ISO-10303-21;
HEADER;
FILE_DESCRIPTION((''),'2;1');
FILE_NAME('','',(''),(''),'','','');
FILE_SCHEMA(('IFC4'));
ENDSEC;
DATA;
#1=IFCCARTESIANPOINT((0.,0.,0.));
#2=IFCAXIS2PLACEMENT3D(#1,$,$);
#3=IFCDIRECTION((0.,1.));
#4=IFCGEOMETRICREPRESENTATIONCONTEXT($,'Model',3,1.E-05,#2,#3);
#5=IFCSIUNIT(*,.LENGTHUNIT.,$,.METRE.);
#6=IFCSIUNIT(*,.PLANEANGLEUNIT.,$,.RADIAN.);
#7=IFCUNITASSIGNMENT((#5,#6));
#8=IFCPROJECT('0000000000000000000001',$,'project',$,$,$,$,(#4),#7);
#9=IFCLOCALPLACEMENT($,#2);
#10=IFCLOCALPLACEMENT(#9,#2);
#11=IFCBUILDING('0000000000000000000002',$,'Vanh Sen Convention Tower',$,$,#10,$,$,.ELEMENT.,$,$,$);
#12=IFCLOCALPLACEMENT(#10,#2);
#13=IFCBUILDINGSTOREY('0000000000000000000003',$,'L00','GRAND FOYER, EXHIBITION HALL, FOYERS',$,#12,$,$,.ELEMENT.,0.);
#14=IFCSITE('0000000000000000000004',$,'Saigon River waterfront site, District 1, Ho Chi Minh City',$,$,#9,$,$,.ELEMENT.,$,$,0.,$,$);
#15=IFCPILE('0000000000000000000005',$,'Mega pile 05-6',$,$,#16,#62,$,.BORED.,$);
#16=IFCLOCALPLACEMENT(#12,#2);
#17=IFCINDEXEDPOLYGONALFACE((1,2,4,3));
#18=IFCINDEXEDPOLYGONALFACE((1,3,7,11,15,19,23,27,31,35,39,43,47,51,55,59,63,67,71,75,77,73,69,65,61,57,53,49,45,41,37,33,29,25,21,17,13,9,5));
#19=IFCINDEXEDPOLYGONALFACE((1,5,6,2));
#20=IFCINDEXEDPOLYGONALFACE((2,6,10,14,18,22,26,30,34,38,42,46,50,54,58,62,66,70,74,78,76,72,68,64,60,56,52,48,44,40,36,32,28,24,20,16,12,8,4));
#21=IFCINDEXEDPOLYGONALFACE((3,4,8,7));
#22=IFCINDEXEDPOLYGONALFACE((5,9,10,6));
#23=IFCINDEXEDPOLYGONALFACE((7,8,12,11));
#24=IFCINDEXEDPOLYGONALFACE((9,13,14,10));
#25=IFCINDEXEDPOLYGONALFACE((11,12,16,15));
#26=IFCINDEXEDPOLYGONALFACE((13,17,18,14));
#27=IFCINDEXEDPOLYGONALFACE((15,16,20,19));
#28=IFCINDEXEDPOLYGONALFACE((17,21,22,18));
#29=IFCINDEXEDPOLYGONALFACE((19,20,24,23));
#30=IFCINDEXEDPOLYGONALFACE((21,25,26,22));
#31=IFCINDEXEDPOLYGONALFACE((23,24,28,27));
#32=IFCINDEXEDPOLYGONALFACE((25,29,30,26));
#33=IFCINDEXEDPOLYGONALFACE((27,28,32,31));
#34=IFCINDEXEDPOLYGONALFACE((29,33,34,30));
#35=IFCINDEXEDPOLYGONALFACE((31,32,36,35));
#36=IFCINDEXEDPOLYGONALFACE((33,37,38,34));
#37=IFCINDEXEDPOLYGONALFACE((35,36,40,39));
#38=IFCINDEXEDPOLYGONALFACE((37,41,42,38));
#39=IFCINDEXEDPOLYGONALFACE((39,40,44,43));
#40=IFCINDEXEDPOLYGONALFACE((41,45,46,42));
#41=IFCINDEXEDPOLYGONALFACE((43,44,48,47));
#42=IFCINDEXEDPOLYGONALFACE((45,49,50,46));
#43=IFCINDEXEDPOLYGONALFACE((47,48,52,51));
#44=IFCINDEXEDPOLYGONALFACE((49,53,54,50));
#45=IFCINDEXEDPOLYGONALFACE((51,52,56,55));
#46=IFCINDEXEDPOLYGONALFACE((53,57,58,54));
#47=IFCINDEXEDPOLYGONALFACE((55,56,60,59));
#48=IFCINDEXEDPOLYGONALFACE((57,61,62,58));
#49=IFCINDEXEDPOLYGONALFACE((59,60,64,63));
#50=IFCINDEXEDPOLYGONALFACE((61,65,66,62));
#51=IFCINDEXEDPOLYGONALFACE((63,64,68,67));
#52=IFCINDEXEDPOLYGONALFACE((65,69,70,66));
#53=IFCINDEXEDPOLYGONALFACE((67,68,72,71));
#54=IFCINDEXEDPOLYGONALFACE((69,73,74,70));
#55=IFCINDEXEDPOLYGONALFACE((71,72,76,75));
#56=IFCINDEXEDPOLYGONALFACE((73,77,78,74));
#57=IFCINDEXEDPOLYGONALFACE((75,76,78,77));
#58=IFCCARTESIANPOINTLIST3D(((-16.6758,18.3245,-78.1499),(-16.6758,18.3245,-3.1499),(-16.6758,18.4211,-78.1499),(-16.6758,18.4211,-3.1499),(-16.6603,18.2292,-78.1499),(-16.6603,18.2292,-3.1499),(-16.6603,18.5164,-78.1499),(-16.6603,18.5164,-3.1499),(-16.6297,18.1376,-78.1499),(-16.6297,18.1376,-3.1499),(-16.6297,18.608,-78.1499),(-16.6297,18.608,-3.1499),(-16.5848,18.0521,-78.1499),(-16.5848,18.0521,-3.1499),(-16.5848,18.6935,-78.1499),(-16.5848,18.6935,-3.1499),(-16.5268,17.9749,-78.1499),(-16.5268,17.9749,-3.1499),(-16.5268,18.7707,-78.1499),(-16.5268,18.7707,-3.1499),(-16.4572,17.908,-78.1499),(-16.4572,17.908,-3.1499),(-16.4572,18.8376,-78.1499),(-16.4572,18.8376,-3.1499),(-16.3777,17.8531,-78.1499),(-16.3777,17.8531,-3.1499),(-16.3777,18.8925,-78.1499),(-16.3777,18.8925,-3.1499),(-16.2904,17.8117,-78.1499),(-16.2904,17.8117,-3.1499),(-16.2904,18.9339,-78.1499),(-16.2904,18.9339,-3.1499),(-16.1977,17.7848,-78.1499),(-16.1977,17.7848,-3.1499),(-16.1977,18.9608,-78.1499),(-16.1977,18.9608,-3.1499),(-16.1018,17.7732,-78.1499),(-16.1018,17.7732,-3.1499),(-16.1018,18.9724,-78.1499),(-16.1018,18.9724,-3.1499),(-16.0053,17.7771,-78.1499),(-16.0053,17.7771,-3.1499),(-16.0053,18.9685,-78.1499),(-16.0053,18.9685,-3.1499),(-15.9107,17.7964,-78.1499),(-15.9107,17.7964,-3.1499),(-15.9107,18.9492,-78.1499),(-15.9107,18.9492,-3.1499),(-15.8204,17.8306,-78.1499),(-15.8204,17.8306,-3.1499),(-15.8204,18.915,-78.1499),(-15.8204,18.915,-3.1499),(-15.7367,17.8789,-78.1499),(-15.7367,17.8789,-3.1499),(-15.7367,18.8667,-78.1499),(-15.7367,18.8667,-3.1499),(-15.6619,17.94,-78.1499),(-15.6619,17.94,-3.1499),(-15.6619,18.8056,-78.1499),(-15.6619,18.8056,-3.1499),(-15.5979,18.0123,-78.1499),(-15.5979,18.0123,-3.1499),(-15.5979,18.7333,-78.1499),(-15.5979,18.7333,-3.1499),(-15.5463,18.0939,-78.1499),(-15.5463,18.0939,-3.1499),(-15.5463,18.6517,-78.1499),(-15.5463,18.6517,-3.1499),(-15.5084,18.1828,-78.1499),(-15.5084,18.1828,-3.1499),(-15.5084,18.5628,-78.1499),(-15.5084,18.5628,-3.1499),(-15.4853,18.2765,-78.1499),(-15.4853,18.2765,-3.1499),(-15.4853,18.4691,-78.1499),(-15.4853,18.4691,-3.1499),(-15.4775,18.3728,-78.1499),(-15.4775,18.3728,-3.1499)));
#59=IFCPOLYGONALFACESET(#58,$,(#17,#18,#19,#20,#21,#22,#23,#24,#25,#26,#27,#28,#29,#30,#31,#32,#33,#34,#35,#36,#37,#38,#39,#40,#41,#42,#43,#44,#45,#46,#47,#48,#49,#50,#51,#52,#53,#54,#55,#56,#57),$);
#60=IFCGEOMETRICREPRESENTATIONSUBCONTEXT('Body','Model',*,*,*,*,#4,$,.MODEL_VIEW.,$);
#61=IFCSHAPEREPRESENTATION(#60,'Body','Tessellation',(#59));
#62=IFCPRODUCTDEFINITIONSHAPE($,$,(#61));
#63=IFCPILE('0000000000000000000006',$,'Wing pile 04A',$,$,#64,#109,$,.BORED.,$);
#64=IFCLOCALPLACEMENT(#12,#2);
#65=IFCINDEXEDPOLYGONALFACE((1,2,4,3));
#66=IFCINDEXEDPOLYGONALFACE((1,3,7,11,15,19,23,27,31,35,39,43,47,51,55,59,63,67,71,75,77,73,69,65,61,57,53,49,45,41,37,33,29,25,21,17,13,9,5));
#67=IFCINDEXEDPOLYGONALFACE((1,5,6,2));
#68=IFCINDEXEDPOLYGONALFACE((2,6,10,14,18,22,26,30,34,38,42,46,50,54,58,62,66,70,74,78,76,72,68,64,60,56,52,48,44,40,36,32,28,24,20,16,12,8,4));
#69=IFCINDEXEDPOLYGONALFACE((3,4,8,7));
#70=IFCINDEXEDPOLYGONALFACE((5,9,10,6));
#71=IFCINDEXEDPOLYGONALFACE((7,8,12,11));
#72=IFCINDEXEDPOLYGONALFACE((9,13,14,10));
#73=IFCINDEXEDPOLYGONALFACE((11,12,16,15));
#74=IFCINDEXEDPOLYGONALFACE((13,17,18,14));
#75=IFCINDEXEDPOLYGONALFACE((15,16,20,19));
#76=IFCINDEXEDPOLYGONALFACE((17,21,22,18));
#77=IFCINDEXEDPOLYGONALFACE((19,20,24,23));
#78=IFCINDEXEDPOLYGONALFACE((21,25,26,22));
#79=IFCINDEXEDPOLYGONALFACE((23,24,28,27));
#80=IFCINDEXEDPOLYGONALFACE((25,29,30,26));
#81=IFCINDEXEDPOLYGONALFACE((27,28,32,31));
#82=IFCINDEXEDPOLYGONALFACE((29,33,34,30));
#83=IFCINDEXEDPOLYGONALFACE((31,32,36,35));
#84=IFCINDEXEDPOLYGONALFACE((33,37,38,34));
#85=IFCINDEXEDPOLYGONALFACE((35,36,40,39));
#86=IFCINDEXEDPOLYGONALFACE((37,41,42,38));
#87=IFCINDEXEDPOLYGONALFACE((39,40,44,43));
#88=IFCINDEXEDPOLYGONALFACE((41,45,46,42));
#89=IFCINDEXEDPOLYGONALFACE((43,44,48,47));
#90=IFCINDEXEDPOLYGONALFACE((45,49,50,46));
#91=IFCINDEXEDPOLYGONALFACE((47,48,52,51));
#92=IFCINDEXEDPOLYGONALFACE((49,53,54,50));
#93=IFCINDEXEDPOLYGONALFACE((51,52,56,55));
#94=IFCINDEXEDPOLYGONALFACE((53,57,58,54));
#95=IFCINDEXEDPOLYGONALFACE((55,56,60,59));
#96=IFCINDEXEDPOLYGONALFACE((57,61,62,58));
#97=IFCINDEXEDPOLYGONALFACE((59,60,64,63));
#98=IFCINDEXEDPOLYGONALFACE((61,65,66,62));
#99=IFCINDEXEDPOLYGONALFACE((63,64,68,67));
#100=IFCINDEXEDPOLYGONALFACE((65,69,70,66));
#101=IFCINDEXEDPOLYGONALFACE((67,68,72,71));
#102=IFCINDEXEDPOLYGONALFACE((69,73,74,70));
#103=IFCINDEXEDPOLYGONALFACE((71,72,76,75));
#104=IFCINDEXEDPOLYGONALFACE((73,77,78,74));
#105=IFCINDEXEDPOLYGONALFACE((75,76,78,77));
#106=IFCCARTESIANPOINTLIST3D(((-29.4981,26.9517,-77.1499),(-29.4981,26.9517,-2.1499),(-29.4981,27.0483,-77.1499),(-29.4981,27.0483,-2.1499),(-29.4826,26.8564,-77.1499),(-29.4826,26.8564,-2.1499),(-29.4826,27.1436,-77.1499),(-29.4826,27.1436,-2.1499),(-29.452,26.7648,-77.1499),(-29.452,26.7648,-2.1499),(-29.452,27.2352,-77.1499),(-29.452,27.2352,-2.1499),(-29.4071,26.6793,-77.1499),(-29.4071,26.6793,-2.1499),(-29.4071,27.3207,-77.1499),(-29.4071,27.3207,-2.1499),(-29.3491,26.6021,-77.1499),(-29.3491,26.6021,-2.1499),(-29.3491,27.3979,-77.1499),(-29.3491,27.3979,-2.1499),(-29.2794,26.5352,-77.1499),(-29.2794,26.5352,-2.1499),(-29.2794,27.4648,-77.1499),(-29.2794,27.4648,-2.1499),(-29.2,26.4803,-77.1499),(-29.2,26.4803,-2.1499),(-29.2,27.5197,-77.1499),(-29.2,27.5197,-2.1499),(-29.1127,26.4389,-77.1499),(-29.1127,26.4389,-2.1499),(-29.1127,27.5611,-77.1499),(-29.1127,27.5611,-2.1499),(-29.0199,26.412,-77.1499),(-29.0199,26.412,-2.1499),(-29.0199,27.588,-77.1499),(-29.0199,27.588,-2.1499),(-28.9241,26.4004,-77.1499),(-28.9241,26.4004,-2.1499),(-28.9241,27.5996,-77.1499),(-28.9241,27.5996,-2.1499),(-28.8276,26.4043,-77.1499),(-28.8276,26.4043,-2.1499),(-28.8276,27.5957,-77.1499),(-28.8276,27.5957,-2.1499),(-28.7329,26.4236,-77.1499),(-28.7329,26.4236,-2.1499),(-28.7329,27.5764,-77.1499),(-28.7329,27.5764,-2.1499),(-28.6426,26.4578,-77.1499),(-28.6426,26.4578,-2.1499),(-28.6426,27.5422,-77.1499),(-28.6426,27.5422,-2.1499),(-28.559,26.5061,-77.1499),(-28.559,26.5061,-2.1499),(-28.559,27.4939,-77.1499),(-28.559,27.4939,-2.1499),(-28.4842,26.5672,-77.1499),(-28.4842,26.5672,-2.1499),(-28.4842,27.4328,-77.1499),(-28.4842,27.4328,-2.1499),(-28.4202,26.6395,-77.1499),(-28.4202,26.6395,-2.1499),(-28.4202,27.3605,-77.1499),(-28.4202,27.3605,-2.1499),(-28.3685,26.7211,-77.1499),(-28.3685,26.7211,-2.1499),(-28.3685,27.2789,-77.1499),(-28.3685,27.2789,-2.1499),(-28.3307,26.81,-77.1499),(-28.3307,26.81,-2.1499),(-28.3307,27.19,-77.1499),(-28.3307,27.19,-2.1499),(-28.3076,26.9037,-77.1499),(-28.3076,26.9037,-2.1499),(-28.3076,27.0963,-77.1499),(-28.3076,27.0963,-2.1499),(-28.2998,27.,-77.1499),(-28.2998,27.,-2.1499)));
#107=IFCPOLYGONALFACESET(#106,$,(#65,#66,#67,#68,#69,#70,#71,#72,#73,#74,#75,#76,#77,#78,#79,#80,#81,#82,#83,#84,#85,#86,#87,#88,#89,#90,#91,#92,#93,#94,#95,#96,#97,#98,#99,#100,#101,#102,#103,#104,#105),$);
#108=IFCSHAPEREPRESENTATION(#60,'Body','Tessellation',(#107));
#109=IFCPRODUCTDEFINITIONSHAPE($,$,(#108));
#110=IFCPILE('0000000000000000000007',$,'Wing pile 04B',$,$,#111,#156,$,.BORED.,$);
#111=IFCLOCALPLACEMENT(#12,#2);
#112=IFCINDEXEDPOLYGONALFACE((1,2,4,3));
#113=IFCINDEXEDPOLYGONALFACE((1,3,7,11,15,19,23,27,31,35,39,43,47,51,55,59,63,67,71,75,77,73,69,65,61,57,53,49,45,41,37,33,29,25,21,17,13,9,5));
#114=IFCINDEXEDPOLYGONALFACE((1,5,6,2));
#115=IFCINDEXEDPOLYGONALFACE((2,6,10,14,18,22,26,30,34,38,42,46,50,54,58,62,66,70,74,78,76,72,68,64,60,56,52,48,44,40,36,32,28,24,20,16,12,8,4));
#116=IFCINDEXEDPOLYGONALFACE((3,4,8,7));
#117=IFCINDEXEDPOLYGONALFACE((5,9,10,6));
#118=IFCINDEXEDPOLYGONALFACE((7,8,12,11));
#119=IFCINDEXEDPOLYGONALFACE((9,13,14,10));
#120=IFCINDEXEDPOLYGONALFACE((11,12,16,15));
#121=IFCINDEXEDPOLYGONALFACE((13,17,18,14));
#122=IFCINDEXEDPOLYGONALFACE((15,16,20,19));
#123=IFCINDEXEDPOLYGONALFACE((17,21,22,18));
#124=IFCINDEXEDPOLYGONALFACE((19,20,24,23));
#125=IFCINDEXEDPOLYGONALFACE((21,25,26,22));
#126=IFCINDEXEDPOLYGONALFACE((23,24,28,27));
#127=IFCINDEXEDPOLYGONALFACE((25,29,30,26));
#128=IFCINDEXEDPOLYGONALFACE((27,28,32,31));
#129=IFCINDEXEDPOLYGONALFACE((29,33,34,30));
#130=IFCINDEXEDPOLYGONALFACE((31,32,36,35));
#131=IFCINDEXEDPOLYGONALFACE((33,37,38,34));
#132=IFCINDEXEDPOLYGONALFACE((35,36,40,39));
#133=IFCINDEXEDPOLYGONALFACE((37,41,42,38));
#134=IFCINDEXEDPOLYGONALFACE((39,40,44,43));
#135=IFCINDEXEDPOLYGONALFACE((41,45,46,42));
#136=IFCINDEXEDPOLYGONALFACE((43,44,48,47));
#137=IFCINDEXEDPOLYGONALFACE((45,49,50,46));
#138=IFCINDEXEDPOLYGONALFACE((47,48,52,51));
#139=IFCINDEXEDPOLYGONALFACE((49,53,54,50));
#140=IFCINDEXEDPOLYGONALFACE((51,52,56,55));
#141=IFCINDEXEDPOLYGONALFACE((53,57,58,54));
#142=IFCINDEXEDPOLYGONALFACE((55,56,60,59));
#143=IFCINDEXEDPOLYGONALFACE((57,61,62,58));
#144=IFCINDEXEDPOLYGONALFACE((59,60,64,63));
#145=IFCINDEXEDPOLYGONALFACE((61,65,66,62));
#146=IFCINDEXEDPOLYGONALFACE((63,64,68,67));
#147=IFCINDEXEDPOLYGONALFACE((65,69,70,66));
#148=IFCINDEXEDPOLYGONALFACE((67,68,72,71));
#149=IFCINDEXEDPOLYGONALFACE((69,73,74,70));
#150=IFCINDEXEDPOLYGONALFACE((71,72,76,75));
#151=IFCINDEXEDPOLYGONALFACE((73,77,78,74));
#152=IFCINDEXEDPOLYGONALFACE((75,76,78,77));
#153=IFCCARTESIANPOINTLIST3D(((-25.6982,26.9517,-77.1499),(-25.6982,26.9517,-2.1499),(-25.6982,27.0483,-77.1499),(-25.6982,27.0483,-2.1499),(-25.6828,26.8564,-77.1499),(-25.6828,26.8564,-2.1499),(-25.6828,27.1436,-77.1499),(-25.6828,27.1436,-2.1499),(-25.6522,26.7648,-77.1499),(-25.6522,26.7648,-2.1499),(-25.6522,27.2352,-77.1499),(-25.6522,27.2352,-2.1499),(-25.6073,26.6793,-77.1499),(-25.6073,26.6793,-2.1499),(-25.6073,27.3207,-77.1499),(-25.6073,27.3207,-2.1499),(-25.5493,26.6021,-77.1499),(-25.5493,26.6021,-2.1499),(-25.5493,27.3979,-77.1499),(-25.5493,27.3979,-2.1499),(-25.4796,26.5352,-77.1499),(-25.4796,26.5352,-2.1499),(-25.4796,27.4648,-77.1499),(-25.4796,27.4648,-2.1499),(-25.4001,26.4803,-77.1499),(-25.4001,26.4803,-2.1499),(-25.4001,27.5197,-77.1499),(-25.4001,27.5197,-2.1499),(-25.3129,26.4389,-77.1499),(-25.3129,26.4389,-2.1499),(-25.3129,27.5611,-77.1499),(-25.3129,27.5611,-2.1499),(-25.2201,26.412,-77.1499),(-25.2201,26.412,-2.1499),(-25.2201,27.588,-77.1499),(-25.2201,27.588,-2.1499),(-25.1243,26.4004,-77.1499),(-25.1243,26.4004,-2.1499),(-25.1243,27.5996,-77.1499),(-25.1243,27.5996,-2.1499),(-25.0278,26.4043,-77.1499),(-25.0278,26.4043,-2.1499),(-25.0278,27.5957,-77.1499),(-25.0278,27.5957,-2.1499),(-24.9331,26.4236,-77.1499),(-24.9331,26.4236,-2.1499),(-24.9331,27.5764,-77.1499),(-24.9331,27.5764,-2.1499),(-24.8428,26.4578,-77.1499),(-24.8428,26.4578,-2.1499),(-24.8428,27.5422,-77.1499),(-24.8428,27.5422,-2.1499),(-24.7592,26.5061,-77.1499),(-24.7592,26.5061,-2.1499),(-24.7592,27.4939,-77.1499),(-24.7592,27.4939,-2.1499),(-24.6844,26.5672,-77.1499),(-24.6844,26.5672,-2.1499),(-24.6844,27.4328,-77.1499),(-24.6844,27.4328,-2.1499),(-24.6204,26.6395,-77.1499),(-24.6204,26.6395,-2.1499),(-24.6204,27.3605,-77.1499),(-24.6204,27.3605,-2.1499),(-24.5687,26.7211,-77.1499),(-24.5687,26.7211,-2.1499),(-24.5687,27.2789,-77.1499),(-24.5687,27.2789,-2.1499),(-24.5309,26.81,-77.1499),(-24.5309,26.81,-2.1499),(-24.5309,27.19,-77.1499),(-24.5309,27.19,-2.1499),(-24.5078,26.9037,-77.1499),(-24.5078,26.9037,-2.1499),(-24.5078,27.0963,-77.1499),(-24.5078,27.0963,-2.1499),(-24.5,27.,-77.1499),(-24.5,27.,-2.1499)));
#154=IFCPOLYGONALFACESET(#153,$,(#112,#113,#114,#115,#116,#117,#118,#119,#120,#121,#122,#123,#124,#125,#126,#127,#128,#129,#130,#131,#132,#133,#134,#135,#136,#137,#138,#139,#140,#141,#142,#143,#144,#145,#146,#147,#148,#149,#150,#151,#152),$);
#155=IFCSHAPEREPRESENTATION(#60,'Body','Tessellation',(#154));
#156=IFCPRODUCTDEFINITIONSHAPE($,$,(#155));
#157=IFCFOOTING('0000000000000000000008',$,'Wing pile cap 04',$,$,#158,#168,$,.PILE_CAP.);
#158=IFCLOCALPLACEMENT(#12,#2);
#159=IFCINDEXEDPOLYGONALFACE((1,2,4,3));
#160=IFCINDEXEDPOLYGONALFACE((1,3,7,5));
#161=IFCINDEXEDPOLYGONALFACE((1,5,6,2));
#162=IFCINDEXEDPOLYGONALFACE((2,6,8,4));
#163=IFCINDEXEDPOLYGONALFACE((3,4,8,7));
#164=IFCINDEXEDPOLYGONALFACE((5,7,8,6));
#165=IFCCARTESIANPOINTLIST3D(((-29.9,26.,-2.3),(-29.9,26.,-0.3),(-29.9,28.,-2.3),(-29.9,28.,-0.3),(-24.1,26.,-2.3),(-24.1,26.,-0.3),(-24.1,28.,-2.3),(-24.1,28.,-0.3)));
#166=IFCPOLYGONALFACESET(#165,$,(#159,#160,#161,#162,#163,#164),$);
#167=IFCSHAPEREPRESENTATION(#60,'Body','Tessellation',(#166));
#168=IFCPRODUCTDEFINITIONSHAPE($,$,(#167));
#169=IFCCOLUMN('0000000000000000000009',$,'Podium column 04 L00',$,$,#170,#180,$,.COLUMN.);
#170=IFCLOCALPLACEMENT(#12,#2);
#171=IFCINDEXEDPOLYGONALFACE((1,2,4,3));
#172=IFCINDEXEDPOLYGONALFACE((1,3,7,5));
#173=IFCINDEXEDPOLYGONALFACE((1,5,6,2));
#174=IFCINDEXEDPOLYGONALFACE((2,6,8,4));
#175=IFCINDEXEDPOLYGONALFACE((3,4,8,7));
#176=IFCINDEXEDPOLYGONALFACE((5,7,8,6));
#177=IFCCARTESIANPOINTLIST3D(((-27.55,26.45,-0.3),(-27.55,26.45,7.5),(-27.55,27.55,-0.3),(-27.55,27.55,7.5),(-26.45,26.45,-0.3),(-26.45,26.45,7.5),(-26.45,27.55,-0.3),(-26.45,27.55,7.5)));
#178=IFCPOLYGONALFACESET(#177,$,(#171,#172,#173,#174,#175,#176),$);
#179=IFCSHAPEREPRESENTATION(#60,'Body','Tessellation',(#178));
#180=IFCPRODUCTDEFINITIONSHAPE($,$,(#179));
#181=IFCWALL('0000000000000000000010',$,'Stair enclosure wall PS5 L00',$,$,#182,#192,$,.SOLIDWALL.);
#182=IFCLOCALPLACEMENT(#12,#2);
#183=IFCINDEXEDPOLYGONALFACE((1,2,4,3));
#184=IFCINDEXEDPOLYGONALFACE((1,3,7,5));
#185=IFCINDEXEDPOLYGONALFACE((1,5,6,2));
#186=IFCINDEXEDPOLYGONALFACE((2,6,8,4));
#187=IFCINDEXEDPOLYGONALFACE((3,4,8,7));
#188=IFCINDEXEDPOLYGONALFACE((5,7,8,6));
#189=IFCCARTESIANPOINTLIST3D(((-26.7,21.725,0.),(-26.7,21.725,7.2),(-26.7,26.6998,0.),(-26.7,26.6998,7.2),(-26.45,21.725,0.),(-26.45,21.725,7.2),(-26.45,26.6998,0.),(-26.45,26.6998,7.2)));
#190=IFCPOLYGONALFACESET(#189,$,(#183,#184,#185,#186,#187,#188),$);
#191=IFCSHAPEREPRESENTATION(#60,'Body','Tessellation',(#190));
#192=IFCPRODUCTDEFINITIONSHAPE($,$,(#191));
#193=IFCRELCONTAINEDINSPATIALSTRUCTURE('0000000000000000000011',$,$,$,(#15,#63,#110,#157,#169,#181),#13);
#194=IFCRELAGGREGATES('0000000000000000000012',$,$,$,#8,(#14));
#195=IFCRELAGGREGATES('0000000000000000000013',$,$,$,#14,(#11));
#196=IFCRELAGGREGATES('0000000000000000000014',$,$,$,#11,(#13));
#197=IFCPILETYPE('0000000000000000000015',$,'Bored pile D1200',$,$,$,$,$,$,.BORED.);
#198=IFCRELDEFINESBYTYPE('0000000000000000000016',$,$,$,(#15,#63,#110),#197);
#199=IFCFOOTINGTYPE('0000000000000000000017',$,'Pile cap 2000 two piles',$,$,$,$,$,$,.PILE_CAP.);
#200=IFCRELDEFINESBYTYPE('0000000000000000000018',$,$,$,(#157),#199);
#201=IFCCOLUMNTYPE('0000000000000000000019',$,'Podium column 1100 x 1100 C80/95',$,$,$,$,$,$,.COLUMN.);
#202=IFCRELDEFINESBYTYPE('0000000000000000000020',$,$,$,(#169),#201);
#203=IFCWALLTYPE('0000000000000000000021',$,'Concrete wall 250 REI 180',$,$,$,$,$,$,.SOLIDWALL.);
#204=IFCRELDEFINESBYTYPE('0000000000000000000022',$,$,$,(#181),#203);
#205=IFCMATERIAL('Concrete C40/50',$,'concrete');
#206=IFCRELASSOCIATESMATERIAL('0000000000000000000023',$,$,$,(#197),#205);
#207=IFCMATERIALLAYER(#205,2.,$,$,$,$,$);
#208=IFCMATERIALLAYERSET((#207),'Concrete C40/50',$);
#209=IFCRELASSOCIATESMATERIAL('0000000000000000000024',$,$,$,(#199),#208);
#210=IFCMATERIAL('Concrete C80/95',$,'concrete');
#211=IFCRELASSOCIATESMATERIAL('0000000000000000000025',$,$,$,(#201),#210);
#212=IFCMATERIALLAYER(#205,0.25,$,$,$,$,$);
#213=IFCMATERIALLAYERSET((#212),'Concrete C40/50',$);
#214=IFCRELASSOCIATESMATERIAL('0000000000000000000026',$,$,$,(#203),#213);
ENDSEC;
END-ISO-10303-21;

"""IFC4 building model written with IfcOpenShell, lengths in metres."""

from ifc_helpers import new_model, si_unit, direction, frame, frame_2d, origin, origin_2d, place, context, subcontext, project, spatial, rectangle, circle, extrude, material, layer, layer_set, material_profile, profile_set, type_object, element, save


model = new_model("IFC4")

# Units and contexts
model_context = context("Model", 3, precision=1e-05, world=origin(), true_north=direction((0.0, 1.0)))
body_context = subcontext(model_context, "Body", "Model", "MODEL_VIEW")
ifc_project = project(units=[si_unit("LENGTHUNIT", "METRE"), si_unit("PLANEANGLEUNIT", "RADIAN")], contexts=[model_context])

# Site, building, storey
site_placement = place(None, origin())
site = spatial("IfcSite", under=ifc_project, at=site_placement, Name="Saigon River waterfront site, District 1, Ho Chi Minh City", CompositionType="ELEMENT", RefElevation=0.0)
building_placement = place(site_placement, origin())
building = spatial("IfcBuilding", under=site, at=building_placement, Name="Vanh Sen Convention Tower", CompositionType="ELEMENT")
storey_placement = place(building_placement, origin())
storey = spatial("IfcBuildingStorey", under=building, at=storey_placement, Name="L00", Description="GRAND FOYER, EXHIBITION HALL, FOYERS", CompositionType="ELEMENT", Elevation=0.0)

# Piles
ifc_material_1 = material(Name="Concrete C40/50", Category="concrete")
ifc_material_profile_1 = material_profile(ifc_material_1, circle(Radius=0.6001, at=origin_2d()), Name="Bored pile D1200")
ifc_profile_set_1 = profile_set([ifc_material_profile_1], Name="Concrete C40/50")
pile_type = type_object("IfcPileType", Name="Bored pile D1200", PredefinedType="BORED", material=ifc_profile_set_1)
for number, where, z_axis, x_axis, name in (
    (1, (-16.0776, 18.3728, -3.1499), (0.0, 0.0, -1.0), (1.0, 0.0, 0.0), "Mega pile 05-6"),
    (2, (-28.8999, 27.0, -2.1499), (0.0, 0.0, -1.0), (1.0, 0.0, 0.0), "Wing pile 04A"),
    (3, (-25.1001, 27.0, -2.1499), (0.0, 0.0, -1.0), (1.0, 0.0, 0.0), "Wing pile 04B"),
):
    element("IfcPile", number, at=place(storey_placement, frame(where, z_axis=z_axis, x_axis=x_axis)), inside=storey, type_object=pile_type, Name=name, PredefinedType="BORED", context=body_context, shape_type="SweptSolid", body=[
        extrude(circle(Radius=0.6001, at=origin_2d()), origin(), (0.0, 0.0, 1.0), 75.0),
    ])

# Footing
ifc_layer_1 = layer(ifc_material_1, 2.0)
ifc_layer_set_1 = layer_set([ifc_layer_1], Name="Concrete C40/50")
footing_type = type_object("IfcFootingType", Name="Pile cap 2000 two piles", PredefinedType="PILE_CAP", material=ifc_layer_set_1)
footing_placement = place(storey_placement, frame((-27.0, 27.0, -2.3), z_axis=(0.0, 0.0, 1.0), x_axis=(1.0, 0.0, 0.0)))
element("IfcFooting", 4, at=footing_placement, inside=storey, type_object=footing_type, Name="Wing pile cap 04", PredefinedType="PILE_CAP", context=body_context, shape_type="SweptSolid", body=[
    extrude(rectangle(XDim=5.8, YDim=2.0, at=origin_2d()), origin(), (0.0, 0.0, 1.0), 2.0),
])

# Column
ifc_material_2 = material(Name="Concrete C80/95", Category="concrete")
ifc_material_profile_2 = material_profile(ifc_material_2, rectangle(XDim=1.1001, YDim=1.1001, at=origin_2d()), Name="RC 1100X1100")
ifc_profile_set_2 = profile_set([ifc_material_profile_2], Name="Concrete C80/95")
column_type = type_object("IfcColumnType", Name="Podium column 1100 x 1100 C80/95", PredefinedType="COLUMN", material=ifc_profile_set_2)
column_placement = place(storey_placement, frame((-27.0, 27.0, -0.3), z_axis=(0.0, 0.0, 1.0), x_axis=(1.0, 0.0, 0.0)))
element("IfcColumn", 5, at=column_placement, inside=storey, type_object=column_type, Name="Podium column 04 L00", PredefinedType="COLUMN", context=body_context, shape_type="SweptSolid", body=[
    extrude(rectangle(XDim=1.1001, YDim=1.1001, at=origin_2d()), origin(), (0.0, 0.0, 1.0), 7.8),
])

# Wall
ifc_layer_2 = layer(ifc_material_1, 0.25)
ifc_layer_set_2 = layer_set([ifc_layer_2], Name="Concrete C40/50")
wall_type_1 = type_object("IfcWallType", Name="Concrete wall 250 REI 180", PredefinedType="SOLIDWALL", material=ifc_layer_set_2)
wall_1_placement = place(storey_placement, frame((-26.575, 21.7251, 0.0), z_axis=(0.0, 0.0, 1.0), x_axis=(0.0, 1.0, 0.0)))
element("IfcWall", 6, at=wall_1_placement, inside=storey, type_object=wall_type_1, Name="Stair enclosure wall PS5 L00", PredefinedType="SOLIDWALL", context=body_context, shape_type="SweptSolid", body=[
    extrude(rectangle(XDim=4.9749, YDim=0.25, at=frame_2d((2.4873, 0.0))), origin(), (0.0, 0.0, 1.0), 7.2),
])

save(model, "model.ifc")
